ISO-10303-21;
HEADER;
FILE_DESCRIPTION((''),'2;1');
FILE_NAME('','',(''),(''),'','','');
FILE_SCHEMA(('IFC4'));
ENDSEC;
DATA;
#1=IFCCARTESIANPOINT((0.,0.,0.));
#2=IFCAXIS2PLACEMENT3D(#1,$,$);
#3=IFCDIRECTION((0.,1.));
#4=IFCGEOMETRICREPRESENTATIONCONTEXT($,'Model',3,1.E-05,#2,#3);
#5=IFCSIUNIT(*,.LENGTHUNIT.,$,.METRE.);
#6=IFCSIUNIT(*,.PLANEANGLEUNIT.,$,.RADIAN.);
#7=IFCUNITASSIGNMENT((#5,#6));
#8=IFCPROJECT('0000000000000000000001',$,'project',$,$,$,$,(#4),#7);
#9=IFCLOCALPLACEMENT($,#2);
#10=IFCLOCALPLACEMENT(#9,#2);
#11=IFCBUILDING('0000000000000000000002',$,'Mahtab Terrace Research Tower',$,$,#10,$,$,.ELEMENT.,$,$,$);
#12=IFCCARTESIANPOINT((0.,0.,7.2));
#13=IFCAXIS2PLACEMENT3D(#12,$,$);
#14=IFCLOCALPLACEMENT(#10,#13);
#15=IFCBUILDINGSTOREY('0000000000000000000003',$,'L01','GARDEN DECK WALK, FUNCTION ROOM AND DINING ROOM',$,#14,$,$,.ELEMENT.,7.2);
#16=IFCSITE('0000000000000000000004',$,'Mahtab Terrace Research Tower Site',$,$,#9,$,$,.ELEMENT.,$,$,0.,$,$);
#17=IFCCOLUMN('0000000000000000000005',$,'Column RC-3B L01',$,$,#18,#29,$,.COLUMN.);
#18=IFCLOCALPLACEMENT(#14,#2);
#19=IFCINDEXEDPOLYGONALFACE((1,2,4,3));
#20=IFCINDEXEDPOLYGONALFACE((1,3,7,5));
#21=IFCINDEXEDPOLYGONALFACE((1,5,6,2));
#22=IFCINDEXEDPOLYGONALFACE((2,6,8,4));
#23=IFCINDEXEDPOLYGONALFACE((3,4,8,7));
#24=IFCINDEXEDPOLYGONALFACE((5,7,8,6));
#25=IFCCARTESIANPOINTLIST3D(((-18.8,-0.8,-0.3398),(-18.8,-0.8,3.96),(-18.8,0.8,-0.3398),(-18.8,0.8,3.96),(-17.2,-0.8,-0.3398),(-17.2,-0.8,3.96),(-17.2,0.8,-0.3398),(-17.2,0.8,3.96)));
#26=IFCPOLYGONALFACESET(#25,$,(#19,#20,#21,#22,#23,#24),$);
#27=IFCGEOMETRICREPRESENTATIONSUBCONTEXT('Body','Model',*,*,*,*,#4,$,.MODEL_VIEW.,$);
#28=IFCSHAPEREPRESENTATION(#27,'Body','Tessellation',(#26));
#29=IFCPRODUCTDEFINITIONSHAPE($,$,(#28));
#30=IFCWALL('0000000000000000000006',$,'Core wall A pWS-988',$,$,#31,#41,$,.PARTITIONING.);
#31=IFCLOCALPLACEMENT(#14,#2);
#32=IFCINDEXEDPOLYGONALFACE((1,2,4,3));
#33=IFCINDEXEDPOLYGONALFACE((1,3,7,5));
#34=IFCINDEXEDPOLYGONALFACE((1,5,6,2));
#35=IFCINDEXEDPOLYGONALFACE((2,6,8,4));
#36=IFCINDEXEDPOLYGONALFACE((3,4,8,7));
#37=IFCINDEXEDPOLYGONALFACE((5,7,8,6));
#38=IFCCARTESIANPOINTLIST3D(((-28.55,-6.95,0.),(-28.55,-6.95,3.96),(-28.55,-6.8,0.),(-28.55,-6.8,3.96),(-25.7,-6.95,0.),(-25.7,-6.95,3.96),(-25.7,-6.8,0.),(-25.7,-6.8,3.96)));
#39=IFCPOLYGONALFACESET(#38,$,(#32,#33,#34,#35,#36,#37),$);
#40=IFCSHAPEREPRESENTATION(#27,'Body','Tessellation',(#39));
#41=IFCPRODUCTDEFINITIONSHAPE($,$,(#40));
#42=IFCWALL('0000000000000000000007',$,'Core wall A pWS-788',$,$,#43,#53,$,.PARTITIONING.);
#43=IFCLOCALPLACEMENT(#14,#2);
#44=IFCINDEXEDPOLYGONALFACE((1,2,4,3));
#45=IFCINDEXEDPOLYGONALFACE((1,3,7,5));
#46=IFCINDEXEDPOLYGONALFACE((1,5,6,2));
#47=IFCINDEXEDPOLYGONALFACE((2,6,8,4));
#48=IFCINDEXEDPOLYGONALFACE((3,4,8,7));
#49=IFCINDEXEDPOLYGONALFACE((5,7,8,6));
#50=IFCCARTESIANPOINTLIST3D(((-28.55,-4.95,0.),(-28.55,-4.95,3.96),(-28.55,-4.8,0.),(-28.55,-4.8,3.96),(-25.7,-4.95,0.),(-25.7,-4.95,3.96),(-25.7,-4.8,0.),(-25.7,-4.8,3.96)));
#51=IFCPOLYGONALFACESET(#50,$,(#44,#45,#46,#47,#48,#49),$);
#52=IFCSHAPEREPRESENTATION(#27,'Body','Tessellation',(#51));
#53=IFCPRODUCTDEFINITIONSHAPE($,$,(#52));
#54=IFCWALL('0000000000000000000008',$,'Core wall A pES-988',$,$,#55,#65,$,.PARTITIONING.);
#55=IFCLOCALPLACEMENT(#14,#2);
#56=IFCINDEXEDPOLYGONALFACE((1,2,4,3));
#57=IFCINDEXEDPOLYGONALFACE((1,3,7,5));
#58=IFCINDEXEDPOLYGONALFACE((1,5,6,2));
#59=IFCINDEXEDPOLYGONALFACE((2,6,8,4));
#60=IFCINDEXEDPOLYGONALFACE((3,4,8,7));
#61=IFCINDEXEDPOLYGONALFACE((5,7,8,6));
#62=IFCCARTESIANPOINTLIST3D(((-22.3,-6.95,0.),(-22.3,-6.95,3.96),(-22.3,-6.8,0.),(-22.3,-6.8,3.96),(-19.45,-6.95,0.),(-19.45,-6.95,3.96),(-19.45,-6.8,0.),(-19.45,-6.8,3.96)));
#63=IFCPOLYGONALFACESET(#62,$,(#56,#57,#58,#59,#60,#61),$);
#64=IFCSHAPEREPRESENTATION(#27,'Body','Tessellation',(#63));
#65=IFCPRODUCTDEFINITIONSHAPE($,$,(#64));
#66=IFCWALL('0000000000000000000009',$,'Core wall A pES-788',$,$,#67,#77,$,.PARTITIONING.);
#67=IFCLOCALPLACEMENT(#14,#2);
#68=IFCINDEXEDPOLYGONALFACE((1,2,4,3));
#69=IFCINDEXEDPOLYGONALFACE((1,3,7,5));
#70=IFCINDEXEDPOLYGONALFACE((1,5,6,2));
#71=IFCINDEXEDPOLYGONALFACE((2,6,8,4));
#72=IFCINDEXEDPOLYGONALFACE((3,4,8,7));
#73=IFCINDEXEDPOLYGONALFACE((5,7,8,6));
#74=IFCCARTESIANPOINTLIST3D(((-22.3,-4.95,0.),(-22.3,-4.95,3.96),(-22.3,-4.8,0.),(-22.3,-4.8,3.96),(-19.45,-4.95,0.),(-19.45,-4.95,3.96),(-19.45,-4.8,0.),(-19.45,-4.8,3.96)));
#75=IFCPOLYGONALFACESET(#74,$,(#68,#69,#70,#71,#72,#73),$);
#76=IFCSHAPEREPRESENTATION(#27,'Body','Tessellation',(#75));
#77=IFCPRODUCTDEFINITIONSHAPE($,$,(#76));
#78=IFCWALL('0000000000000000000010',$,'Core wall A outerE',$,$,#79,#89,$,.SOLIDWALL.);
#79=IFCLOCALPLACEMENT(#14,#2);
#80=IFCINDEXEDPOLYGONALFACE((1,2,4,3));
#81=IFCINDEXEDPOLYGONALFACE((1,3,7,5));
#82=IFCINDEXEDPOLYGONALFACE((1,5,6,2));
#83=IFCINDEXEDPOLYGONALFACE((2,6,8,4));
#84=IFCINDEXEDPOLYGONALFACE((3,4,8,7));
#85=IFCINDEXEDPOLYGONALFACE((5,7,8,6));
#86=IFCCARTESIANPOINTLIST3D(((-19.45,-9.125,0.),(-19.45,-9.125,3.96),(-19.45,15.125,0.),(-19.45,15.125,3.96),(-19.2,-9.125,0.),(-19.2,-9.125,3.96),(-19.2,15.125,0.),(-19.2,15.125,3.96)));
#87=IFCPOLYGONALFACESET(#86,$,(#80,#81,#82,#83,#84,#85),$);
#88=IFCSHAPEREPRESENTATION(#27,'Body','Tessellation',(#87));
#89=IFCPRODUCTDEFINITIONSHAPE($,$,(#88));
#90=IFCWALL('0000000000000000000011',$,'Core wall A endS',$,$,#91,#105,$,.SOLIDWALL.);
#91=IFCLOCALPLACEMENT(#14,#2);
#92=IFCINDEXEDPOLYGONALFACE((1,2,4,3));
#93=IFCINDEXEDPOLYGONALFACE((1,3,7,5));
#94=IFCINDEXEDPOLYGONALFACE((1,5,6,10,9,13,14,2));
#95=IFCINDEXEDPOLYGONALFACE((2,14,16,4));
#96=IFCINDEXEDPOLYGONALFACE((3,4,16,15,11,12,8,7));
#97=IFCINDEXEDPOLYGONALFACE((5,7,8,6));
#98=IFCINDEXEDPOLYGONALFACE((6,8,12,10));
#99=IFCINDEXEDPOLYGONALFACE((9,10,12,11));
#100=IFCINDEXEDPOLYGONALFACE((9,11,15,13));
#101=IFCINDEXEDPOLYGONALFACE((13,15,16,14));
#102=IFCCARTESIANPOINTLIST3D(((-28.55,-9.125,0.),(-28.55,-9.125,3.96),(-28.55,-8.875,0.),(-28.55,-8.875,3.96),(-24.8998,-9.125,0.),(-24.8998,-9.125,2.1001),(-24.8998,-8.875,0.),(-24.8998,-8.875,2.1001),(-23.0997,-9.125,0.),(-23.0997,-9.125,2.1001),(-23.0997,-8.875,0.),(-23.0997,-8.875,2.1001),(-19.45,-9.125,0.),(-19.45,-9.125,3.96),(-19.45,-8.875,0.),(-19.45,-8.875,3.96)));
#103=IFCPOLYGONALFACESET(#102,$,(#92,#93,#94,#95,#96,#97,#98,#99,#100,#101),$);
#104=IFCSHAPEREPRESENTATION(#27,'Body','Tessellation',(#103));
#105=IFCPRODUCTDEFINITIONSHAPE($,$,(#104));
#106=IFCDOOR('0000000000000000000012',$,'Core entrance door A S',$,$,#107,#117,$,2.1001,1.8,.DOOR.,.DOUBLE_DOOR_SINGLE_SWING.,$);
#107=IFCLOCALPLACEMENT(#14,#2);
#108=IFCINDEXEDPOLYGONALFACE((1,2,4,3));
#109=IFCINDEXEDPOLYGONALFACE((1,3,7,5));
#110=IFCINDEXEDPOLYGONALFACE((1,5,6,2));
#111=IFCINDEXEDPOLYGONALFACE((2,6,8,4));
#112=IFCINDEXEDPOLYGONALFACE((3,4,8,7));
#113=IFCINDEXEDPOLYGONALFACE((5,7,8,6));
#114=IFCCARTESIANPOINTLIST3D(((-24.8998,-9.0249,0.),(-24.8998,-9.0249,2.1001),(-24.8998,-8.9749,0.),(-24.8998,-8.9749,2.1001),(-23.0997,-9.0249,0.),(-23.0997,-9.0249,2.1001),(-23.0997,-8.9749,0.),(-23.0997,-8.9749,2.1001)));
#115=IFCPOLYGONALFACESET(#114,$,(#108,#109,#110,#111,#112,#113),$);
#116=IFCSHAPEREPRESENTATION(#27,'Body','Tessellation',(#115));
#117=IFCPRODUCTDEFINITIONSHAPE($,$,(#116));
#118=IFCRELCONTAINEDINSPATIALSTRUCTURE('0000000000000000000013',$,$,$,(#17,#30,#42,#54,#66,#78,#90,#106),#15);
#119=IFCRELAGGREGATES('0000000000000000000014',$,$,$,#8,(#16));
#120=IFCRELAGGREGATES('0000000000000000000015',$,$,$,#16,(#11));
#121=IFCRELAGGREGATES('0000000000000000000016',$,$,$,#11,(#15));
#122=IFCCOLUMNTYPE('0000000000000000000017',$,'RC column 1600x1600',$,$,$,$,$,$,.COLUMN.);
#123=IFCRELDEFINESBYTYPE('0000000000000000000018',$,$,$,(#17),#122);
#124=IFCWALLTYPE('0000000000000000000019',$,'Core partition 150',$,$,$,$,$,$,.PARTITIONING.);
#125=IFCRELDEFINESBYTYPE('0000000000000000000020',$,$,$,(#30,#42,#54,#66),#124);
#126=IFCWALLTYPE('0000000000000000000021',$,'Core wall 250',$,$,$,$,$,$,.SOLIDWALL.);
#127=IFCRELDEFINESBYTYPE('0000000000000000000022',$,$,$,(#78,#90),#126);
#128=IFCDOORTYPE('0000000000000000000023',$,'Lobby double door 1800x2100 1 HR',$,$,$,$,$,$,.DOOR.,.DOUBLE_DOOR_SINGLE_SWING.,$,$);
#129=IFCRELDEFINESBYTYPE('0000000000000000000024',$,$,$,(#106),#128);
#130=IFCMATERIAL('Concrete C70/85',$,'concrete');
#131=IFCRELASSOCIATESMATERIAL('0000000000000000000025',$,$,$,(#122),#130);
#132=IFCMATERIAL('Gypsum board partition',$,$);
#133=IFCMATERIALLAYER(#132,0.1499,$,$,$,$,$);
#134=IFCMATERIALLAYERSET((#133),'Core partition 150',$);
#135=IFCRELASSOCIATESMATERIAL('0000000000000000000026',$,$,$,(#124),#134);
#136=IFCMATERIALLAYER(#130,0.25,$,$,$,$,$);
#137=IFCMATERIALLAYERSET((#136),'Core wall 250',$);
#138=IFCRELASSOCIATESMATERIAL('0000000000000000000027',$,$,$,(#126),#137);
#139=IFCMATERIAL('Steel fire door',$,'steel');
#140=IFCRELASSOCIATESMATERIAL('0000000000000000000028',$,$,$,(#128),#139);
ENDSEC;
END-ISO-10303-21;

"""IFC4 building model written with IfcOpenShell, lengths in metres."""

from ifc_helpers import new_model, si_unit, direction, frame, frame_2d, origin, origin_2d, place, context, subcontext, project, spatial, rectangle, extrude, material, layer, layer_set, material_profile, profile_set, type_object, element, fill, save


model = new_model("IFC4")

# Units and contexts
model_context = context("Model", 3, precision=1e-05, world=origin(), true_north=direction((0.0, 1.0)))
body_context = subcontext(model_context, "Body", "Model", "MODEL_VIEW")
ifc_project = project(units=[si_unit("LENGTHUNIT", "METRE"), si_unit("PLANEANGLEUNIT", "RADIAN")], contexts=[model_context])

# Site, building, storey
site_placement = place(None, origin())
site = spatial("IfcSite", under=ifc_project, at=site_placement, Name="Mahtab Terrace Research Tower Site", CompositionType="ELEMENT", RefElevation=0.0)
building_placement = place(site_placement, origin())
building = spatial("IfcBuilding", under=site, at=building_placement, Name="Mahtab Terrace Research Tower", CompositionType="ELEMENT")
storey_placement = place(building_placement, frame((0.0, 0.0, 7.2)))
storey = spatial("IfcBuildingStorey", under=building, at=storey_placement, Name="L01", Description="GARDEN DECK WALK, FUNCTION ROOM AND DINING ROOM", CompositionType="ELEMENT", Elevation=7.2)

# Column
ifc_material_1 = material(Name="Concrete C70/85", Category="concrete")
ifc_material_profile = material_profile(ifc_material_1, rectangle(XDim=1.6001, YDim=1.6001, at=origin_2d()), Name="RC column 1600x1600")
ifc_profile_set = profile_set([ifc_material_profile], Name="Concrete C70/85")
column_type = type_object("IfcColumnType", Name="RC column 1600x1600", PredefinedType="COLUMN", material=ifc_profile_set)
column_placement = place(storey_placement, frame((-18.0, 0.0, -0.3398), z_axis=(0.0, 0.0, 1.0), x_axis=(1.0, 0.0, 0.0)))
element("IfcColumn", 1, at=column_placement, inside=storey, type_object=column_type, Name="Column RC-3B L01", PredefinedType="COLUMN", context=body_context, shape_type="SweptSolid", body=[
    extrude(rectangle(XDim=1.6001, YDim=1.6001, at=origin_2d()), origin(), (0.0, 0.0, 1.0), 4.2998),
])

# Walls
ifc_material_2 = material(Name="Gypsum board partition")
ifc_layer_1 = layer(ifc_material_2, 0.1499)
ifc_layer_set_1 = layer_set([ifc_layer_1], Name="Core partition 150")
wall_type_1 = type_object("IfcWallType", Name="Core partition 150", PredefinedType="PARTITIONING", material=ifc_layer_set_1)
for number, where, z_axis, x_axis, name in (
    (2, (-28.55, -6.875, 0.0), (0.0, 0.0, 1.0), (1.0, 0.0, 0.0), "Core wall A pWS-988"),
    (3, (-28.55, -4.875, 0.0), (0.0, 0.0, 1.0), (1.0, 0.0, 0.0), "Core wall A pWS-788"),
    (4, (-22.3, -6.875, 0.0), (0.0, 0.0, 1.0), (1.0, 0.0, 0.0), "Core wall A pES-988"),
    (5, (-22.3, -4.875, 0.0), (0.0, 0.0, 1.0), (1.0, 0.0, 0.0), "Core wall A pES-788"),
):
    element("IfcWall", number, at=place(storey_placement, frame(where, z_axis=z_axis, x_axis=x_axis)), inside=storey, type_object=wall_type_1, Name=name, PredefinedType="PARTITIONING", context=body_context, shape_type="SweptSolid", body=[
        extrude(rectangle(XDim=2.8501, YDim=0.1499, at=frame_2d((1.425, 0.0))), origin(), (0.0, 0.0, 1.0), 3.96),
    ])
ifc_layer_2 = layer(ifc_material_1, 0.25)
ifc_layer_set_2 = layer_set([ifc_layer_2], Name="Core wall 250")
wall_type_2 = type_object("IfcWallType", Name="Core wall 250", PredefinedType="SOLIDWALL", material=ifc_layer_set_2)
wall_1_placement = place(storey_placement, frame((-19.325, -9.125, 0.0), z_axis=(0.0, 0.0, 1.0), x_axis=(0.0, 1.0, 0.0)))
element("IfcWall", 6, at=wall_1_placement, inside=storey, type_object=wall_type_2, Name="Core wall A outerE", PredefinedType="SOLIDWALL", context=body_context, shape_type="SweptSolid", body=[
    extrude(rectangle(XDim=24.25, YDim=0.25, at=frame_2d((12.125, 0.0))), origin(), (0.0, 0.0, 1.0), 3.96),
])

# Wall, opening, door
wall_2_placement = place(storey_placement, frame((-19.45, -9.0, 0.0), z_axis=(0.0, 0.0, 1.0), x_axis=(-1.0, 0.0, 0.0)))
wall_2 = element("IfcWall", 7, at=wall_2_placement, inside=storey, type_object=wall_type_2, Name="Core wall A endS", PredefinedType="SOLIDWALL", context=body_context, shape_type="SweptSolid", body=[
    extrude(rectangle(XDim=9.1001, YDim=0.25, at=frame_2d((4.55, 0.0))), origin(), (0.0, 0.0, 1.0), 3.96),
])
opening_1_placement = place(wall_2_placement, frame((3.6499, 0.0, 0.0)))
opening_1 = element("IfcOpeningElement", 8, at=opening_1_placement, cuts=wall_2, PredefinedType="OPENING", context=body_context, shape_type="SweptSolid", body=[
    extrude(rectangle(XDim=1.8, YDim=2.1001, at=frame_2d((0.8999, 1.05))), frame((0.0, 0.135, 0.0), z_axis=(0.0, -1.0, 0.0), x_axis=(1.0, 0.0, 0.0)), (0.0, 0.0, 1.0), 0.27),
])
ifc_material_3 = material(Name="Steel fire door", Category="steel")
door_type_1 = type_object("IfcDoorType", Name="Lobby double door 1800x2100 1 HR", OperationType="DOUBLE_DOOR_SINGLE_SWING", PredefinedType="DOOR", material=ifc_material_3)
door_1_placement = place(opening_1_placement, origin())
door_1 = element("IfcDoor", 9, at=door_1_placement, inside=storey, type_object=door_type_1, Name="Core entrance door A S", OperationType="DOUBLE_DOOR_SINGLE_SWING", OverallHeight=2.1001, OverallWidth=1.8, PredefinedType="DOOR", context=body_context, shape_type="SweptSolid", body=[
    extrude(rectangle(XDim=1.8, YDim=2.1001, at=frame_2d((0.8999, 1.05))), frame((0.0, 0.0249, 0.0), z_axis=(0.0, -1.0, 0.0), x_axis=(1.0, 0.0, 0.0)), (0.0, 0.0, 1.0), 0.05),
])
fill(opening_1, door_1)

save(model, "model.ifc")
